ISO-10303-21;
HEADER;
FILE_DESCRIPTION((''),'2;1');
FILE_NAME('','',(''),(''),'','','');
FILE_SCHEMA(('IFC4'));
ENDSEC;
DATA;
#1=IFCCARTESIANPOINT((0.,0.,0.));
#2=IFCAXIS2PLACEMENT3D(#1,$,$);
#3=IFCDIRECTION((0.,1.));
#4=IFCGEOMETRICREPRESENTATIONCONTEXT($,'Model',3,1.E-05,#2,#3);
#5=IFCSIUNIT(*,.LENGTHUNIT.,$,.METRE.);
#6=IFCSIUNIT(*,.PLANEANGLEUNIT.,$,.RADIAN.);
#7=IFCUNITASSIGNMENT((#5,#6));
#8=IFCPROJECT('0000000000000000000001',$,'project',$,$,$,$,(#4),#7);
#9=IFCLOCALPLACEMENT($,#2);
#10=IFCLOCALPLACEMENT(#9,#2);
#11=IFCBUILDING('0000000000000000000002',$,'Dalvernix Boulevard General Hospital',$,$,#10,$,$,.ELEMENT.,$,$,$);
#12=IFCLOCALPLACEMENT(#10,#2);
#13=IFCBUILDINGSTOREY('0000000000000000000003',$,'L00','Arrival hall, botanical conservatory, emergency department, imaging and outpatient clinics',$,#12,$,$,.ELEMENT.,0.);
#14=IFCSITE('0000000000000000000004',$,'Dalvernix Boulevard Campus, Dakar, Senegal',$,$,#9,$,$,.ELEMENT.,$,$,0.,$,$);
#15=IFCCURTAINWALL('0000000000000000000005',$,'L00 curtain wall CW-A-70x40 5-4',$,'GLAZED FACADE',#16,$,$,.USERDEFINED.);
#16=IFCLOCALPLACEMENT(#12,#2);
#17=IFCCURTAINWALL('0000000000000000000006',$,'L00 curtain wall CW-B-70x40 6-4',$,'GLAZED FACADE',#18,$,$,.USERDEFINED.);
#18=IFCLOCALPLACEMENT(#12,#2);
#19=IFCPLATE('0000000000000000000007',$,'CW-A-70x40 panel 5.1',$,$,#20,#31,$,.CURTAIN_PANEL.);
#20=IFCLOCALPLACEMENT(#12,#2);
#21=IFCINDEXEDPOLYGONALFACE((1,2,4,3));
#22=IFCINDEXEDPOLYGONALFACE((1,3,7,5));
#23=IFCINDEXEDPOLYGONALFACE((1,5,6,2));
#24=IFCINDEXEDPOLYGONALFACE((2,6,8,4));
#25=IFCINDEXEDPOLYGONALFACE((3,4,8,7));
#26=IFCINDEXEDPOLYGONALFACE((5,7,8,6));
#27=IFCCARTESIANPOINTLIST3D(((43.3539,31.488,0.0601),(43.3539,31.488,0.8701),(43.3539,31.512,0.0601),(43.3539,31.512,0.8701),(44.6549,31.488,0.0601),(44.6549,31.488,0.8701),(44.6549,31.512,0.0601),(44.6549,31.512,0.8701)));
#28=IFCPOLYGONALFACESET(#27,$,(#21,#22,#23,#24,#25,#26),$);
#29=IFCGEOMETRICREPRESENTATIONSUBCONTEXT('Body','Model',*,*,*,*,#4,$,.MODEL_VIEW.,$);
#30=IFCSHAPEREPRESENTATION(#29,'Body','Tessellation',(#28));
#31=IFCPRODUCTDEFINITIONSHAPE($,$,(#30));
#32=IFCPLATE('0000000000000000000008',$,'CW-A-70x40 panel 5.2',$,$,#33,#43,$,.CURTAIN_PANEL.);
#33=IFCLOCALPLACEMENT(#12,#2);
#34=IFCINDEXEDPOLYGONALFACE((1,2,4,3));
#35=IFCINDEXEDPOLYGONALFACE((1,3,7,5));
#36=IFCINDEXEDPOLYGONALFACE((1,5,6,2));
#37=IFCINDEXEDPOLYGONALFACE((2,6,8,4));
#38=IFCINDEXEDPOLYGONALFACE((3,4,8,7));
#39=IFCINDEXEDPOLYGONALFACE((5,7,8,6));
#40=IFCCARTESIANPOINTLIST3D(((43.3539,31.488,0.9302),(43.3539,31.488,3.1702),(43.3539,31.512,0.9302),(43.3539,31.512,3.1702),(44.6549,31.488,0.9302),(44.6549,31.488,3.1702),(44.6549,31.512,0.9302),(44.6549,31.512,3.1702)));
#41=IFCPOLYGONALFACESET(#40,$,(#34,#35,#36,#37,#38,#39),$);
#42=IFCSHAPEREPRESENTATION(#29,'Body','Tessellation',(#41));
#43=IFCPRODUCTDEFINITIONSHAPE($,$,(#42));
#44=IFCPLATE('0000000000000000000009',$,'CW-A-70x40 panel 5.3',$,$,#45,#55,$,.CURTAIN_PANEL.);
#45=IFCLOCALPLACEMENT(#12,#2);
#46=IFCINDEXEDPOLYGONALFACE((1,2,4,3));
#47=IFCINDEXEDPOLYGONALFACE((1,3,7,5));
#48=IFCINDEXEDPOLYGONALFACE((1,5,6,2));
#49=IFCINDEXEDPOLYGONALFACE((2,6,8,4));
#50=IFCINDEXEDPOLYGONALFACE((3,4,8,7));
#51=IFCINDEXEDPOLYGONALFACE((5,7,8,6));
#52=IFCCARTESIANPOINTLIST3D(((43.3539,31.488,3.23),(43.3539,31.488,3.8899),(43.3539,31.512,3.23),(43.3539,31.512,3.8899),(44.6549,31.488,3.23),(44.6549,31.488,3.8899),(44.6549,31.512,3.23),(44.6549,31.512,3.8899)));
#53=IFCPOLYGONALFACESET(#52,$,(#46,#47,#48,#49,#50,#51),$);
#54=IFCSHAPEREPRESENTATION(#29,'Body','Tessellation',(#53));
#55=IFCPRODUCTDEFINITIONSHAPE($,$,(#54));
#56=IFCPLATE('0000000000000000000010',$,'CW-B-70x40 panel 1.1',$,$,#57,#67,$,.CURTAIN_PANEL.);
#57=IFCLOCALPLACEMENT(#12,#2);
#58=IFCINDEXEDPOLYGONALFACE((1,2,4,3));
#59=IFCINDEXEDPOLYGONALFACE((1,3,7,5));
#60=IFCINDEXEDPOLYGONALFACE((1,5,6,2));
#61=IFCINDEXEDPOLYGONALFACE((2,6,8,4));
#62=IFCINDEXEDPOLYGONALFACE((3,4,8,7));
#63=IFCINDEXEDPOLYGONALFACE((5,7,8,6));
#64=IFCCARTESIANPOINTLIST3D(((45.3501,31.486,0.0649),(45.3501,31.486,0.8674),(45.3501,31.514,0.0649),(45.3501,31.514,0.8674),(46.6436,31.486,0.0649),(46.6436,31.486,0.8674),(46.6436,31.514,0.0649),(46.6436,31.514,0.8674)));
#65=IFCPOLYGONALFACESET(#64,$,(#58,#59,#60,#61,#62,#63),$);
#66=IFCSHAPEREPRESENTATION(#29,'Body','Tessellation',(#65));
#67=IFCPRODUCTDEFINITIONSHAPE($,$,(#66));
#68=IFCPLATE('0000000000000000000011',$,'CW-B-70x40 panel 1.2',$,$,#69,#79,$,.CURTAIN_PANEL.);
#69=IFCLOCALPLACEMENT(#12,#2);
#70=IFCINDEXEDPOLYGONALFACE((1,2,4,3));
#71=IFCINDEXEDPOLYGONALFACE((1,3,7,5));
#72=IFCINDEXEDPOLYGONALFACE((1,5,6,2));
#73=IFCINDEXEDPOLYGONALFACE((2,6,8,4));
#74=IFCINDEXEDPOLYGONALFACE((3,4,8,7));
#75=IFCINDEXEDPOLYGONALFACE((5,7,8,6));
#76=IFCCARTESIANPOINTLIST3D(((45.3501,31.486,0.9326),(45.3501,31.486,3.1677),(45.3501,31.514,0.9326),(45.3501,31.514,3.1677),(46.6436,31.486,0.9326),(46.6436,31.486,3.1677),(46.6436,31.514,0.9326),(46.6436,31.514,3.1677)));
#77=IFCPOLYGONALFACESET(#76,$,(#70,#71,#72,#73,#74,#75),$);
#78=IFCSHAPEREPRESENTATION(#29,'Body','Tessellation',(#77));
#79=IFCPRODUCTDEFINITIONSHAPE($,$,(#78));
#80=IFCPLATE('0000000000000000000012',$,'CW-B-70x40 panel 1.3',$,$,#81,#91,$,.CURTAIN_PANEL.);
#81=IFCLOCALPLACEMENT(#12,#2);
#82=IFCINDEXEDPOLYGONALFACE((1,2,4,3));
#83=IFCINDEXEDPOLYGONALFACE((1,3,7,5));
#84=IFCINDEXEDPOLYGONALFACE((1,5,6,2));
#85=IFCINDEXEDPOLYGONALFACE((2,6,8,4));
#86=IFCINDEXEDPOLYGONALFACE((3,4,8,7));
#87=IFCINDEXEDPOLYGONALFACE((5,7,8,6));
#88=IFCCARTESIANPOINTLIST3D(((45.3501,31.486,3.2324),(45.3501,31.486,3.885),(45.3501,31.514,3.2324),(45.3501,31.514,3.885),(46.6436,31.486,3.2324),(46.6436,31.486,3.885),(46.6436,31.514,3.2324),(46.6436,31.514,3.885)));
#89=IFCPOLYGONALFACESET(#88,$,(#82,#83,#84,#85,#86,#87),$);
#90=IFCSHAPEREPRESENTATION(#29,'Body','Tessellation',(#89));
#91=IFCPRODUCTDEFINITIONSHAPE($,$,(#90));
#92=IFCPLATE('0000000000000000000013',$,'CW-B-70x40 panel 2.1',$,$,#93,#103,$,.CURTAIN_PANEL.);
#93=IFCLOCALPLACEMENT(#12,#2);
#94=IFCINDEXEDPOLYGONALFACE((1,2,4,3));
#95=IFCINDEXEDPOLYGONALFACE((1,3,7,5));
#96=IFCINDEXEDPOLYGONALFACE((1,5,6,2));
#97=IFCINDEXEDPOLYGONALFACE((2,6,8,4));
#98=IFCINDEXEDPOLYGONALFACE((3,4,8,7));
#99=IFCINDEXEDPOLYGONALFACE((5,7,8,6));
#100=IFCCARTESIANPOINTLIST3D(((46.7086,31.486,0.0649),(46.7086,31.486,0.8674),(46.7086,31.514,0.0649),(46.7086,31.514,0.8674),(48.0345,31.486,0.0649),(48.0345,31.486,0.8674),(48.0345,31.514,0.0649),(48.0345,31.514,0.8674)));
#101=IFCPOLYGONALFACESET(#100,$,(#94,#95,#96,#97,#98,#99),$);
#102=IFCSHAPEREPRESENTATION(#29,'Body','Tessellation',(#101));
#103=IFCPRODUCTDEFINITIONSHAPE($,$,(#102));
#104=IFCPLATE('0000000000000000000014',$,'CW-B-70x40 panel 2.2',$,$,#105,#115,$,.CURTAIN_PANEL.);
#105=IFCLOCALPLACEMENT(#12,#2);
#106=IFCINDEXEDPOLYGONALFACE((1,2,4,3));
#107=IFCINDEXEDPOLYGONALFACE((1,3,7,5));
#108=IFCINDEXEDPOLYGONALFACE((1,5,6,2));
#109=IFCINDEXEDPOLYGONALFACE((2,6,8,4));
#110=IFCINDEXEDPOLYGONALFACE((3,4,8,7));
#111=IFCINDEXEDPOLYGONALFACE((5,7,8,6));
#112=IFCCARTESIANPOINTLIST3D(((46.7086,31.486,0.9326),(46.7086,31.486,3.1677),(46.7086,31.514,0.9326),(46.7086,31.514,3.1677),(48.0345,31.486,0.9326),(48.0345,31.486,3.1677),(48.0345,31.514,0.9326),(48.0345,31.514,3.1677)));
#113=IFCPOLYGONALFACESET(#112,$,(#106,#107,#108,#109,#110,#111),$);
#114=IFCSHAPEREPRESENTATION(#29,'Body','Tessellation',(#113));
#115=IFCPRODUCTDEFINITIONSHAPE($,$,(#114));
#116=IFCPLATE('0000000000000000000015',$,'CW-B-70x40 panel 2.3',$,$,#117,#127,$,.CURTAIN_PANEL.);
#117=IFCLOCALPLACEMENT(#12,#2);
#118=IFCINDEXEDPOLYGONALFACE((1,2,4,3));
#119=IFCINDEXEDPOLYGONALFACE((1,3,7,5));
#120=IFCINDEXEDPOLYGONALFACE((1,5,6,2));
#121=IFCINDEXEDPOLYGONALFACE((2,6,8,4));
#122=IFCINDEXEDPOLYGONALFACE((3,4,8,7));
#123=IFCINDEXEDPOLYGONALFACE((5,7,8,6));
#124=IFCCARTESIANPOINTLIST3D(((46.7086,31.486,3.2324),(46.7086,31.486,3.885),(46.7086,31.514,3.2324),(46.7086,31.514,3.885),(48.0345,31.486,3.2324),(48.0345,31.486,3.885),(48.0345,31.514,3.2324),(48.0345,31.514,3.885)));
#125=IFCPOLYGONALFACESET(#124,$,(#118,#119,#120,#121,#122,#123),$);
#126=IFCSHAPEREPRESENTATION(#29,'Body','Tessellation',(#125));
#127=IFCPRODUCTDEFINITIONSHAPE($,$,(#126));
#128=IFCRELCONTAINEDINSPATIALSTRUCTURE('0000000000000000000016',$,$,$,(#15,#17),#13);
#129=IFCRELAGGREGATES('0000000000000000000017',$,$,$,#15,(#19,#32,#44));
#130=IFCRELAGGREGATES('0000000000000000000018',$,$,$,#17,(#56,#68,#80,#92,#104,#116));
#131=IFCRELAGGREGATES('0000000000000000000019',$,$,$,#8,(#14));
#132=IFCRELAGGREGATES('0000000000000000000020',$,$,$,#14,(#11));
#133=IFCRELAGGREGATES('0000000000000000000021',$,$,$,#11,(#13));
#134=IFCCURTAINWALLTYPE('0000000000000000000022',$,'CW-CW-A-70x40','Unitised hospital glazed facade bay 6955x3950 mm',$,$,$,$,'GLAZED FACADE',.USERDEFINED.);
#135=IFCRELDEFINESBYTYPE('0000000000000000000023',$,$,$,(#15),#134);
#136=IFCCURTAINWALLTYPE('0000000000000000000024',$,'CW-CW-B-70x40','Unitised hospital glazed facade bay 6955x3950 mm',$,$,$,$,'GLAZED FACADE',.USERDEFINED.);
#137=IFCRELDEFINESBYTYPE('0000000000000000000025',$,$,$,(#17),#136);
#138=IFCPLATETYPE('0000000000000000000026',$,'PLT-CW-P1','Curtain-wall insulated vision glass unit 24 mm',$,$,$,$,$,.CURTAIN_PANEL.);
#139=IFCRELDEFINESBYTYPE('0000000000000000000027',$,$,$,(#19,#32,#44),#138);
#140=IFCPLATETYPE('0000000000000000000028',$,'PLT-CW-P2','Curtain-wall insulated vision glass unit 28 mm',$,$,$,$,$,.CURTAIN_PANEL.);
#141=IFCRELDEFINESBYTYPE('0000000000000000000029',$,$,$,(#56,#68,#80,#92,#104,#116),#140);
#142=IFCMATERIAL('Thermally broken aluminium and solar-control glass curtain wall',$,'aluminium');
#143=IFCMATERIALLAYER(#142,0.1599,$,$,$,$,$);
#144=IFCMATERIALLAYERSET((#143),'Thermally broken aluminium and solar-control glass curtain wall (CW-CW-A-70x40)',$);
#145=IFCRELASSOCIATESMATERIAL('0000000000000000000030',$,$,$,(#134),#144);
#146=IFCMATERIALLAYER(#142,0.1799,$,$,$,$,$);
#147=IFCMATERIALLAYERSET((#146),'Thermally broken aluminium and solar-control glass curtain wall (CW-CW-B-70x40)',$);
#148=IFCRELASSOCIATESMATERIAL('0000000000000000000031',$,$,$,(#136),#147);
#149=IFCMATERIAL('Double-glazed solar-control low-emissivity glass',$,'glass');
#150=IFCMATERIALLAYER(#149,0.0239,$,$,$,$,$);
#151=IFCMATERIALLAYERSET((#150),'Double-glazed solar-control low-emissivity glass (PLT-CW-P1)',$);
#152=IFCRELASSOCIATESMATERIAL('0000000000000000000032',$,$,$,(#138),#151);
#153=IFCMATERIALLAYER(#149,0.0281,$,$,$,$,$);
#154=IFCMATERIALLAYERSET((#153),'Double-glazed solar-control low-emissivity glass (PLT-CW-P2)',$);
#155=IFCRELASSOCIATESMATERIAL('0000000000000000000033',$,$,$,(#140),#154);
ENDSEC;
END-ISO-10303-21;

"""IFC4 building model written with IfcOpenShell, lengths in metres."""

from ifc_helpers import new_model, si_unit, direction, frame, origin, origin_2d, place, context, subcontext, project, spatial, rectangle, extrude, material, layer, layer_set, type_object, element, aggregate, save


model = new_model("IFC4")

# Units and contexts
model_context = context("Model", 3, precision=1e-05, world=origin(), true_north=direction((0.0, 1.0)))
body_context = subcontext(model_context, "Body", "Model", "MODEL_VIEW")
ifc_project = project(units=[si_unit("LENGTHUNIT", "METRE"), si_unit("PLANEANGLEUNIT", "RADIAN")], contexts=[model_context])

# Site, building, storey
site_placement = place(None, origin())
site = spatial("IfcSite", under=ifc_project, at=site_placement, Name="Dalvernix Boulevard Campus, Dakar, Senegal", CompositionType="ELEMENT", RefElevation=0.0)
building_placement = place(site_placement, origin())
building = spatial("IfcBuilding", under=site, at=building_placement, Name="Dalvernix Boulevard General Hospital", CompositionType="ELEMENT")
storey_placement = place(building_placement, origin())
storey = spatial("IfcBuildingStorey", under=building, at=storey_placement, Name="L00", Description="Arrival hall, botanical conservatory, emergency department, imaging and outpatient clinics", CompositionType="ELEMENT", Elevation=0.0)

# Curtain walls
ifc_material_1 = material(Name="Thermally broken aluminium and solar-control glass curtain wall", Category="aluminium")
ifc_layer_1 = layer(ifc_material_1, 0.1599)
ifc_layer_set_1 = layer_set([ifc_layer_1], Name="Thermally broken aluminium and solar-control glass curtain wall (CW-CW-A-70x40)")
curtain_wall_type_1 = type_object("IfcCurtainWallType", Name="CW-CW-A-70x40", Description="Unitised hospital glazed facade bay 6955x3950 mm", ElementType="GLAZED FACADE", PredefinedType="USERDEFINED", material=ifc_layer_set_1)
curtain_wall_1_placement = place(storey_placement, origin())
curtain_wall_1 = element("IfcCurtainWall", 1, at=curtain_wall_1_placement, inside=storey, type_object=curtain_wall_type_1, Name="L00 curtain wall CW-A-70x40 5-4", ObjectType="GLAZED FACADE", PredefinedType="USERDEFINED")
ifc_layer_2 = layer(ifc_material_1, 0.1799)
ifc_layer_set_2 = layer_set([ifc_layer_2], Name="Thermally broken aluminium and solar-control glass curtain wall (CW-CW-B-70x40)")
curtain_wall_type_2 = type_object("IfcCurtainWallType", Name="CW-CW-B-70x40", Description="Unitised hospital glazed facade bay 6955x3950 mm", ElementType="GLAZED FACADE", PredefinedType="USERDEFINED", material=ifc_layer_set_2)
curtain_wall_2_placement = place(storey_placement, origin())
curtain_wall_2 = element("IfcCurtainWall", 2, at=curtain_wall_2_placement, inside=storey, type_object=curtain_wall_type_2, Name="L00 curtain wall CW-B-70x40 6-4", ObjectType="GLAZED FACADE", PredefinedType="USERDEFINED")

# Plates
ifc_material_2 = material(Name="Double-glazed solar-control low-emissivity glass", Category="glass")
ifc_layer_3 = layer(ifc_material_2, 0.0239)
ifc_layer_set_3 = layer_set([ifc_layer_3], Name="Double-glazed solar-control low-emissivity glass (PLT-CW-P1)")
plate_type_1 = type_object("IfcPlateType", Name="PLT-CW-P1", Description="Curtain-wall insulated vision glass unit 24 mm", PredefinedType="CURTAIN_PANEL", material=ifc_layer_set_3)
plate_1_placement = place(storey_placement, frame((44.0044, 31.5, 0.0601), z_axis=(0.0, 0.0, 1.0), x_axis=(1.0, 0.0, 0.0)))
plate_1 = element("IfcPlate", 3, at=plate_1_placement, type_object=plate_type_1, Name="CW-A-70x40 panel 5.1", PredefinedType="CURTAIN_PANEL", context=body_context, shape_type="SweptSolid", body=[
    extrude(rectangle(XDim=1.301, YDim=0.0239, at=origin_2d()), origin(), (0.0, 0.0, 1.0), 0.8101),
])
plate_2_placement = place(storey_placement, frame((44.0044, 31.5, 0.9302), z_axis=(0.0, 0.0, 1.0), x_axis=(1.0, 0.0, 0.0)))
plate_2 = element("IfcPlate", 4, at=plate_2_placement, type_object=plate_type_1, Name="CW-A-70x40 panel 5.2", PredefinedType="CURTAIN_PANEL", context=body_context, shape_type="SweptSolid", body=[
    extrude(rectangle(XDim=1.301, YDim=0.0239, at=origin_2d()), origin(), (0.0, 0.0, 1.0), 2.24),
])
plate_3_placement = place(storey_placement, frame((44.0044, 31.5, 3.23), z_axis=(0.0, 0.0, 1.0), x_axis=(1.0, 0.0, 0.0)))
plate_3 = element("IfcPlate", 5, at=plate_3_placement, type_object=plate_type_1, Name="CW-A-70x40 panel 5.3", PredefinedType="CURTAIN_PANEL", context=body_context, shape_type="SweptSolid", body=[
    extrude(rectangle(XDim=1.301, YDim=0.0239, at=origin_2d()), origin(), (0.0, 0.0, 1.0), 0.6599),
])
aggregate(curtain_wall_1, [plate_1, plate_2, plate_3])
ifc_layer_4 = layer(ifc_material_2, 0.0281)
ifc_layer_set_4 = layer_set([ifc_layer_4], Name="Double-glazed solar-control low-emissivity glass (PLT-CW-P2)")
plate_type_2 = type_object("IfcPlateType", Name="PLT-CW-P2", Description="Curtain-wall insulated vision glass unit 28 mm", PredefinedType="CURTAIN_PANEL", material=ifc_layer_set_4)
plate_4_placement = place(storey_placement, frame((45.9968, 31.5, 0.0649), z_axis=(0.0, 0.0, 1.0), x_axis=(1.0, 0.0, 0.0)))
plate_4 = element("IfcPlate", 6, at=plate_4_placement, type_object=plate_type_2, Name="CW-B-70x40 panel 1.1", PredefinedType="CURTAIN_PANEL", context=body_context, shape_type="SweptSolid", body=[
    extrude(rectangle(XDim=1.2935, YDim=0.0281, at=origin_2d()), origin(), (0.0, 0.0, 1.0), 0.8025),
])
plate_5_placement = place(storey_placement, frame((45.9968, 31.5, 0.9326), z_axis=(0.0, 0.0, 1.0), x_axis=(1.0, 0.0, 0.0)))
plate_5 = element("IfcPlate", 7, at=plate_5_placement, type_object=plate_type_2, Name="CW-B-70x40 panel 1.2", PredefinedType="CURTAIN_PANEL", context=body_context, shape_type="SweptSolid", body=[
    extrude(rectangle(XDim=1.2935, YDim=0.0281, at=origin_2d()), origin(), (0.0, 0.0, 1.0), 2.2351),
])
plate_6_placement = place(storey_placement, frame((45.9968, 31.5, 3.2324), z_axis=(0.0, 0.0, 1.0), x_axis=(1.0, 0.0, 0.0)))
plate_6 = element("IfcPlate", 8, at=plate_6_placement, type_object=plate_type_2, Name="CW-B-70x40 panel 1.3", PredefinedType="CURTAIN_PANEL", context=body_context, shape_type="SweptSolid", body=[
    extrude(rectangle(XDim=1.2935, YDim=0.0281, at=origin_2d()), origin(), (0.0, 0.0, 1.0), 0.6526),
])
plate_7_placement = place(storey_placement, frame((47.3716, 31.5, 0.0649), z_axis=(0.0, 0.0, 1.0), x_axis=(1.0, 0.0, 0.0)))
plate_7 = element("IfcPlate", 9, at=plate_7_placement, type_object=plate_type_2, Name="CW-B-70x40 panel 2.1", PredefinedType="CURTAIN_PANEL", context=body_context, shape_type="SweptSolid", body=[
    extrude(rectangle(XDim=1.3259, YDim=0.0281, at=origin_2d()), origin(), (0.0, 0.0, 1.0), 0.8025),
])
plate_8_placement = place(storey_placement, frame((47.3716, 31.5, 0.9326), z_axis=(0.0, 0.0, 1.0), x_axis=(1.0, 0.0, 0.0)))
plate_8 = element("IfcPlate", 10, at=plate_8_placement, type_object=plate_type_2, Name="CW-B-70x40 panel 2.2", PredefinedType="CURTAIN_PANEL", context=body_context, shape_type="SweptSolid", body=[
    extrude(rectangle(XDim=1.3259, YDim=0.0281, at=origin_2d()), origin(), (0.0, 0.0, 1.0), 2.2351),
])
plate_9_placement = place(storey_placement, frame((47.3716, 31.5, 3.2324), z_axis=(0.0, 0.0, 1.0), x_axis=(1.0, 0.0, 0.0)))
plate_9 = element("IfcPlate", 11, at=plate_9_placement, type_object=plate_type_2, Name="CW-B-70x40 panel 2.3", PredefinedType="CURTAIN_PANEL", context=body_context, shape_type="SweptSolid", body=[
    extrude(rectangle(XDim=1.3259, YDim=0.0281, at=origin_2d()), origin(), (0.0, 0.0, 1.0), 0.6526),
])
aggregate(curtain_wall_2, [plate_4, plate_5, plate_6, plate_7, plate_8, plate_9])

save(model, "model.ifc")
